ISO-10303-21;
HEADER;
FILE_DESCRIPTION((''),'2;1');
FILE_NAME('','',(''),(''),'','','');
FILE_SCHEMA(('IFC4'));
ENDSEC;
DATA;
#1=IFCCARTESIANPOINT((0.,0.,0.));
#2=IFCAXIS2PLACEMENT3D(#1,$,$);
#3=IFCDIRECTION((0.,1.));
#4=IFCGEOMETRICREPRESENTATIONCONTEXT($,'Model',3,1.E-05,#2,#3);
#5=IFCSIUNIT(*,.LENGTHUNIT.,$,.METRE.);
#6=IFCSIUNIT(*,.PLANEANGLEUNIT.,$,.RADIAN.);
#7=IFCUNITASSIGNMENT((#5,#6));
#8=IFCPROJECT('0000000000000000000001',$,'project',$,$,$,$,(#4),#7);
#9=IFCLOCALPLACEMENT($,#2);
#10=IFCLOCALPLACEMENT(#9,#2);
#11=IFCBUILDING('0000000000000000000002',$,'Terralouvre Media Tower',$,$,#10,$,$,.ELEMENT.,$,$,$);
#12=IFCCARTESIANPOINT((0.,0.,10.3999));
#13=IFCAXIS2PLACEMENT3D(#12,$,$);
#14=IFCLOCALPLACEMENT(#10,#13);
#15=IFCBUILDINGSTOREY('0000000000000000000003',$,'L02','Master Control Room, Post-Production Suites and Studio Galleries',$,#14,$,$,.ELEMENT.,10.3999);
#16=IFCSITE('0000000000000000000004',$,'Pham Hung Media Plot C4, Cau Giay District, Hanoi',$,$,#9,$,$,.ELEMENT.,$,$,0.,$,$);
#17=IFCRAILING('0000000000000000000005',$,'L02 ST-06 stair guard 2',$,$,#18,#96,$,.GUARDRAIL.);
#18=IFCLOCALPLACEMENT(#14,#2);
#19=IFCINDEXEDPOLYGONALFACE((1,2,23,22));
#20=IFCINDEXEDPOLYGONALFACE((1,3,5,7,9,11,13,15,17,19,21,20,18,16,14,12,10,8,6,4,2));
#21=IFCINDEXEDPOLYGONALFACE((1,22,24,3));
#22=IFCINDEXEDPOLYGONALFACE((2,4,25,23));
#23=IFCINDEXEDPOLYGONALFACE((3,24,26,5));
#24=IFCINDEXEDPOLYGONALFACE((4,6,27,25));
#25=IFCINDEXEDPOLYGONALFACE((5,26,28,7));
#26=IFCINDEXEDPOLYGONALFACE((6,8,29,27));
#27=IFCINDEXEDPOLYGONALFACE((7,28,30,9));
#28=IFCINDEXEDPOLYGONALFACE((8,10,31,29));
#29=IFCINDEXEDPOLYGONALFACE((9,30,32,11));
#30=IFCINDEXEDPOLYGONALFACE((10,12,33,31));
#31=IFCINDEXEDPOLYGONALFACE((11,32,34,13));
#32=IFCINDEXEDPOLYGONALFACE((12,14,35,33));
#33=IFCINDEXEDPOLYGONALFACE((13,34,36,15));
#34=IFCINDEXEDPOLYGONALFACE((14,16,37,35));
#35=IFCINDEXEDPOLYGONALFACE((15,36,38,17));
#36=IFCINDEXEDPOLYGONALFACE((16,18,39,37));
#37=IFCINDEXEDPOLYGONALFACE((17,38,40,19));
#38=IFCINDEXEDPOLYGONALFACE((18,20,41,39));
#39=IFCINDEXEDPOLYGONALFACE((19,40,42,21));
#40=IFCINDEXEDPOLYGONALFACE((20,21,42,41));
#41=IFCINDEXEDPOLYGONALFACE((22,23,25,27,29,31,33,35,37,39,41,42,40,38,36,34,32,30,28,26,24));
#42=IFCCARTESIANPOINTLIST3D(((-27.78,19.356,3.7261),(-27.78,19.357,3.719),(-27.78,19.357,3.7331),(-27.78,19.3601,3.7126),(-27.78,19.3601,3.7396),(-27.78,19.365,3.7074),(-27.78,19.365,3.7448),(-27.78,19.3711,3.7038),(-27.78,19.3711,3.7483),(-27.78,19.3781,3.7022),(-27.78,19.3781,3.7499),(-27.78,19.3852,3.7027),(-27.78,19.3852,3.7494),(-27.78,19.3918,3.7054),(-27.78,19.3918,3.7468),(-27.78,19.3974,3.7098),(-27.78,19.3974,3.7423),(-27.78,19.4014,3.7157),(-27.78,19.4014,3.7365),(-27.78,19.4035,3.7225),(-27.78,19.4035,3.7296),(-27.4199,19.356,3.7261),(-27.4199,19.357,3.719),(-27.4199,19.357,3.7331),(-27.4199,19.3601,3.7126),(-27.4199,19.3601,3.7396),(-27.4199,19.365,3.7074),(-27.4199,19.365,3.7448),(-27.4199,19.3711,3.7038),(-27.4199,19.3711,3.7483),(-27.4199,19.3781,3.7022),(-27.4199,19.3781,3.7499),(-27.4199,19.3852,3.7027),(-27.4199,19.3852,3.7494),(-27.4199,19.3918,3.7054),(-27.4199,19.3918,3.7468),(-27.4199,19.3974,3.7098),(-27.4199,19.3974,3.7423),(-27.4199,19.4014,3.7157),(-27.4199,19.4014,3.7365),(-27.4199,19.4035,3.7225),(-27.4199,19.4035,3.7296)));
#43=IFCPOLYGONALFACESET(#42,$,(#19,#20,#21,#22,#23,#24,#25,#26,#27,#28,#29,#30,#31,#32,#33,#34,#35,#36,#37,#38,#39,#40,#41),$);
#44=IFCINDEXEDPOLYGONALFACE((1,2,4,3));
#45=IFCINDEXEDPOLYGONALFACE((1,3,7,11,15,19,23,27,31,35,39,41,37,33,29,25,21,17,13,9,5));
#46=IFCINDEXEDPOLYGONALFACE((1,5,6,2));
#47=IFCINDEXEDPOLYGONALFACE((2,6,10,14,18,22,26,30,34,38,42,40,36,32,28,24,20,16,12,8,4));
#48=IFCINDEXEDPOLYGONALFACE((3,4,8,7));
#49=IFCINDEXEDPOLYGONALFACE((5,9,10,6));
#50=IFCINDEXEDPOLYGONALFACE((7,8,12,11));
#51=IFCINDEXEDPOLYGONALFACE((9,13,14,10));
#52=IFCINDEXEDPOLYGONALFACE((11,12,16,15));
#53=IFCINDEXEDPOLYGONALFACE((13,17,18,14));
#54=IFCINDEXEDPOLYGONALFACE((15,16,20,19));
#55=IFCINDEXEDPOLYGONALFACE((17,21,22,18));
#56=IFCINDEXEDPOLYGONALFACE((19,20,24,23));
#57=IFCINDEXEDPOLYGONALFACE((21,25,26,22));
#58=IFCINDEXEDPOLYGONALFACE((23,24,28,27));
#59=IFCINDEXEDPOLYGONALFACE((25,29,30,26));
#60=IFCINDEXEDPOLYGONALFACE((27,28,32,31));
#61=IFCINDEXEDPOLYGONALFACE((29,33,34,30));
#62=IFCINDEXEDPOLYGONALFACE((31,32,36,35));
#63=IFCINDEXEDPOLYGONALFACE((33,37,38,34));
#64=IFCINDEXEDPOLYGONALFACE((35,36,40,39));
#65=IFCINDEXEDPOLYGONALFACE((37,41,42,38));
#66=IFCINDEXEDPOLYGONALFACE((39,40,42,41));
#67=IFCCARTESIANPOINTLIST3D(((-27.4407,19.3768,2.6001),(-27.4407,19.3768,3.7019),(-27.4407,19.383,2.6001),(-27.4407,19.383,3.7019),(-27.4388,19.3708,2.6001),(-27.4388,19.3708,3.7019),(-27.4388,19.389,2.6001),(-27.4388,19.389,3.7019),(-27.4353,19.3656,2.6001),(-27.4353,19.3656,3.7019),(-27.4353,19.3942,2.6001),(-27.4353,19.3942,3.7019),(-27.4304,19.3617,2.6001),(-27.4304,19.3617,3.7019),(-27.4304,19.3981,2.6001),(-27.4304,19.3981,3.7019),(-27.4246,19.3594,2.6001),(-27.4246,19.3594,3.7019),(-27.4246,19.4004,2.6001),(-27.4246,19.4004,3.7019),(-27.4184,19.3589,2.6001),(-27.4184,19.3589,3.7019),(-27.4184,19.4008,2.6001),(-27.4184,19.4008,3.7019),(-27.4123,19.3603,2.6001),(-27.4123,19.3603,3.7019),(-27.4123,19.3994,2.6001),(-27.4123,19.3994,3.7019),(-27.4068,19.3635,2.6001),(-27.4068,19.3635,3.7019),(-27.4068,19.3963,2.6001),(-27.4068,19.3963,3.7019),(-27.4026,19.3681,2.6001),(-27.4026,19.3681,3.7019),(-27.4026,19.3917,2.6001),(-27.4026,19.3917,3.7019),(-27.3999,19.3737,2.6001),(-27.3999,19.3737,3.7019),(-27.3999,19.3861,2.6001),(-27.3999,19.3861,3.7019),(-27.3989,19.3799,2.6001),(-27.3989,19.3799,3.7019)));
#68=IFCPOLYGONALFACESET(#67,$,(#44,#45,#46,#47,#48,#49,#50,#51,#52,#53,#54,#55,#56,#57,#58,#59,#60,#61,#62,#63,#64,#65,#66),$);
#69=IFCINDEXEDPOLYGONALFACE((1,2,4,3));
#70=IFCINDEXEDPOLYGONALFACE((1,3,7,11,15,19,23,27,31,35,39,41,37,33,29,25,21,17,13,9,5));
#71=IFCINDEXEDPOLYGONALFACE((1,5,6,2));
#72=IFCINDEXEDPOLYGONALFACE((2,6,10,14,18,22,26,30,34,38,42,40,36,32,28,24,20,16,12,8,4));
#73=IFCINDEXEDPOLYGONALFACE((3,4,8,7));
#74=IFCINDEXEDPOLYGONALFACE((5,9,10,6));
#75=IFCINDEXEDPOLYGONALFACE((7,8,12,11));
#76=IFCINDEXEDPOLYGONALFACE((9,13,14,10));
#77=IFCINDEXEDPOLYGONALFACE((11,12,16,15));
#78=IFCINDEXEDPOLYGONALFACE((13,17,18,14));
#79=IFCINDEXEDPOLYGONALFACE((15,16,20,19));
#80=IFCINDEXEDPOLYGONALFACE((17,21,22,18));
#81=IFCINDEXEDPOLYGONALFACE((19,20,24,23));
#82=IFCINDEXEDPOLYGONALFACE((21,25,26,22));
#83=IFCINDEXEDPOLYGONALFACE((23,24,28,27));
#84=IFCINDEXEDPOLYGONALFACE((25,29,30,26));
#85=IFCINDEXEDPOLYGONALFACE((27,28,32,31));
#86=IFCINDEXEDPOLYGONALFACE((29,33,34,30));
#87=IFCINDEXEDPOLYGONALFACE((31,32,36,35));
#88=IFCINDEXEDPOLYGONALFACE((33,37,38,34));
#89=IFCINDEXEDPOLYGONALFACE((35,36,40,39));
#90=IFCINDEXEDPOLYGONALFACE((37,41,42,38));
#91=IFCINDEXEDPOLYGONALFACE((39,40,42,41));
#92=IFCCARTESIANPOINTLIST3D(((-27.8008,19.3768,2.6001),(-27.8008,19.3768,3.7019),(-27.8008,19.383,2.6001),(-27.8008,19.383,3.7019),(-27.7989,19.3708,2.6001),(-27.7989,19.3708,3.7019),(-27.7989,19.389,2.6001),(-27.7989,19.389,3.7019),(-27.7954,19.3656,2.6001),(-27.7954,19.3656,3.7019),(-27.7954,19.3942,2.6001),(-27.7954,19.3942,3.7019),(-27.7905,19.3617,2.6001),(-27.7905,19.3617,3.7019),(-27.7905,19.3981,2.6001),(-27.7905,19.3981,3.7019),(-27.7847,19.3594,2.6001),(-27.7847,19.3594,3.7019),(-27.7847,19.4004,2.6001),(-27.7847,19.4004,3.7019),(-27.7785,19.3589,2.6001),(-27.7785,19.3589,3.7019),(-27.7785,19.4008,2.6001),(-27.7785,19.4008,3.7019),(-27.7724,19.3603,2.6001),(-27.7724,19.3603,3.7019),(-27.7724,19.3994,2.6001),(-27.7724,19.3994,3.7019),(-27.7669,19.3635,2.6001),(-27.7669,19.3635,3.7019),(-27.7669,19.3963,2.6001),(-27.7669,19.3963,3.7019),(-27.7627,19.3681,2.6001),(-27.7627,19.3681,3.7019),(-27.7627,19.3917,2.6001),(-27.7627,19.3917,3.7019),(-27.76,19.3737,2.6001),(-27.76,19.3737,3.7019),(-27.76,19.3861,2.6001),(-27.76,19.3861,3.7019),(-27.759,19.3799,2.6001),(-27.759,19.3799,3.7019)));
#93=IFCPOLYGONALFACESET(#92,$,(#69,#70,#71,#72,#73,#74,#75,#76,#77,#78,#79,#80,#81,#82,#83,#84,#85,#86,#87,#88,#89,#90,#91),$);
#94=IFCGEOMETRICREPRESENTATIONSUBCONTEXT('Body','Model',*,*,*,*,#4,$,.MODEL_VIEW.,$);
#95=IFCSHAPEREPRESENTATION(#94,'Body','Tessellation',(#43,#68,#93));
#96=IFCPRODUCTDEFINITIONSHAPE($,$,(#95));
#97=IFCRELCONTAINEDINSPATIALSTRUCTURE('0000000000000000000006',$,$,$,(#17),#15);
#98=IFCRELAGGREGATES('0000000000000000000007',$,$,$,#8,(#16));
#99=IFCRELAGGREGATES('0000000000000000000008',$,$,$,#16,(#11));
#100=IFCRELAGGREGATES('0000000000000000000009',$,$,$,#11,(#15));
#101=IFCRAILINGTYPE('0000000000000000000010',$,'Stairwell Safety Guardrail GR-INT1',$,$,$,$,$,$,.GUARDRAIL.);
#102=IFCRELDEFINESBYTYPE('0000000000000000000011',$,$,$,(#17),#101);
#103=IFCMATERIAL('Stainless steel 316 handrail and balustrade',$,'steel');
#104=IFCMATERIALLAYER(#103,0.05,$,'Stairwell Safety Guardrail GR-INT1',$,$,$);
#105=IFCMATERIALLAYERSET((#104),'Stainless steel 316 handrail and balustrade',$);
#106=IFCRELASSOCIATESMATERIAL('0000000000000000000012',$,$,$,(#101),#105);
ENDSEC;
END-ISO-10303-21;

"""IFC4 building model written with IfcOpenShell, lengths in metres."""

from ifc_helpers import new_model, si_unit, direction, frame, origin, origin_2d, place, context, subcontext, project, spatial, circle, extrude, material, layer, layer_set, type_object, element, save


model = new_model("IFC4")

# Units and contexts
model_context = context("Model", 3, precision=1e-05, world=origin(), true_north=direction((0.0, 1.0)))
body_context = subcontext(model_context, "Body", "Model", "MODEL_VIEW")
ifc_project = project(units=[si_unit("LENGTHUNIT", "METRE"), si_unit("PLANEANGLEUNIT", "RADIAN")], contexts=[model_context])

# Site, building, storey
site_placement = place(None, origin())
site = spatial("IfcSite", under=ifc_project, at=site_placement, Name="Pham Hung Media Plot C4, Cau Giay District, Hanoi", CompositionType="ELEMENT", RefElevation=0.0)
building_placement = place(site_placement, origin())
building = spatial("IfcBuilding", under=site, at=building_placement, Name="Terralouvre Media Tower", CompositionType="ELEMENT")
storey_placement = place(building_placement, frame((0.0, 0.0, 10.3999)))
storey = spatial("IfcBuildingStorey", under=building, at=storey_placement, Name="L02", Description="Master Control Room, Post-Production Suites and Studio Galleries", CompositionType="ELEMENT", Elevation=10.3999)

# Railing
ifc_material_1 = material(Name="Stainless steel 316 handrail and balustrade", Category="steel")
ifc_layer_1 = layer(ifc_material_1, 0.05, Name="Stairwell Safety Guardrail GR-INT1")
ifc_layer_set_1 = layer_set([ifc_layer_1], Name="Stainless steel 316 handrail and balustrade")
railing_type_1 = type_object("IfcRailingType", Name="Stairwell Safety Guardrail GR-INT1", PredefinedType="GUARDRAIL", material=ifc_layer_set_1)
railing_1_placement = place(storey_placement, frame((-27.4199, 19.3799, 2.6001)))
element("IfcRailing", 1, at=railing_1_placement, inside=storey, type_object=railing_type_1, Name="L02 ST-06 stair guard 2", PredefinedType="GUARDRAIL", context=body_context, shape_type="SweptSolid", body=[
    extrude(circle(Radius=0.0239, at=origin_2d()), frame((0.0, 0.0, 1.126), z_axis=(-1.0, 0.0, 0.0), x_axis=(0.0, -1.0, 0.0)), (0.0, 0.0, 1.0), 0.3601),
    extrude(circle(Radius=0.021, at=origin_2d()), origin(), (0.0, 0.0, 1.0), 1.1018),
    extrude(circle(Radius=0.021, at=origin_2d()), frame((-0.3601, 0.0, 0.0)), (0.0, 0.0, 1.0), 1.1018),
])

save(model, "model.ifc")
